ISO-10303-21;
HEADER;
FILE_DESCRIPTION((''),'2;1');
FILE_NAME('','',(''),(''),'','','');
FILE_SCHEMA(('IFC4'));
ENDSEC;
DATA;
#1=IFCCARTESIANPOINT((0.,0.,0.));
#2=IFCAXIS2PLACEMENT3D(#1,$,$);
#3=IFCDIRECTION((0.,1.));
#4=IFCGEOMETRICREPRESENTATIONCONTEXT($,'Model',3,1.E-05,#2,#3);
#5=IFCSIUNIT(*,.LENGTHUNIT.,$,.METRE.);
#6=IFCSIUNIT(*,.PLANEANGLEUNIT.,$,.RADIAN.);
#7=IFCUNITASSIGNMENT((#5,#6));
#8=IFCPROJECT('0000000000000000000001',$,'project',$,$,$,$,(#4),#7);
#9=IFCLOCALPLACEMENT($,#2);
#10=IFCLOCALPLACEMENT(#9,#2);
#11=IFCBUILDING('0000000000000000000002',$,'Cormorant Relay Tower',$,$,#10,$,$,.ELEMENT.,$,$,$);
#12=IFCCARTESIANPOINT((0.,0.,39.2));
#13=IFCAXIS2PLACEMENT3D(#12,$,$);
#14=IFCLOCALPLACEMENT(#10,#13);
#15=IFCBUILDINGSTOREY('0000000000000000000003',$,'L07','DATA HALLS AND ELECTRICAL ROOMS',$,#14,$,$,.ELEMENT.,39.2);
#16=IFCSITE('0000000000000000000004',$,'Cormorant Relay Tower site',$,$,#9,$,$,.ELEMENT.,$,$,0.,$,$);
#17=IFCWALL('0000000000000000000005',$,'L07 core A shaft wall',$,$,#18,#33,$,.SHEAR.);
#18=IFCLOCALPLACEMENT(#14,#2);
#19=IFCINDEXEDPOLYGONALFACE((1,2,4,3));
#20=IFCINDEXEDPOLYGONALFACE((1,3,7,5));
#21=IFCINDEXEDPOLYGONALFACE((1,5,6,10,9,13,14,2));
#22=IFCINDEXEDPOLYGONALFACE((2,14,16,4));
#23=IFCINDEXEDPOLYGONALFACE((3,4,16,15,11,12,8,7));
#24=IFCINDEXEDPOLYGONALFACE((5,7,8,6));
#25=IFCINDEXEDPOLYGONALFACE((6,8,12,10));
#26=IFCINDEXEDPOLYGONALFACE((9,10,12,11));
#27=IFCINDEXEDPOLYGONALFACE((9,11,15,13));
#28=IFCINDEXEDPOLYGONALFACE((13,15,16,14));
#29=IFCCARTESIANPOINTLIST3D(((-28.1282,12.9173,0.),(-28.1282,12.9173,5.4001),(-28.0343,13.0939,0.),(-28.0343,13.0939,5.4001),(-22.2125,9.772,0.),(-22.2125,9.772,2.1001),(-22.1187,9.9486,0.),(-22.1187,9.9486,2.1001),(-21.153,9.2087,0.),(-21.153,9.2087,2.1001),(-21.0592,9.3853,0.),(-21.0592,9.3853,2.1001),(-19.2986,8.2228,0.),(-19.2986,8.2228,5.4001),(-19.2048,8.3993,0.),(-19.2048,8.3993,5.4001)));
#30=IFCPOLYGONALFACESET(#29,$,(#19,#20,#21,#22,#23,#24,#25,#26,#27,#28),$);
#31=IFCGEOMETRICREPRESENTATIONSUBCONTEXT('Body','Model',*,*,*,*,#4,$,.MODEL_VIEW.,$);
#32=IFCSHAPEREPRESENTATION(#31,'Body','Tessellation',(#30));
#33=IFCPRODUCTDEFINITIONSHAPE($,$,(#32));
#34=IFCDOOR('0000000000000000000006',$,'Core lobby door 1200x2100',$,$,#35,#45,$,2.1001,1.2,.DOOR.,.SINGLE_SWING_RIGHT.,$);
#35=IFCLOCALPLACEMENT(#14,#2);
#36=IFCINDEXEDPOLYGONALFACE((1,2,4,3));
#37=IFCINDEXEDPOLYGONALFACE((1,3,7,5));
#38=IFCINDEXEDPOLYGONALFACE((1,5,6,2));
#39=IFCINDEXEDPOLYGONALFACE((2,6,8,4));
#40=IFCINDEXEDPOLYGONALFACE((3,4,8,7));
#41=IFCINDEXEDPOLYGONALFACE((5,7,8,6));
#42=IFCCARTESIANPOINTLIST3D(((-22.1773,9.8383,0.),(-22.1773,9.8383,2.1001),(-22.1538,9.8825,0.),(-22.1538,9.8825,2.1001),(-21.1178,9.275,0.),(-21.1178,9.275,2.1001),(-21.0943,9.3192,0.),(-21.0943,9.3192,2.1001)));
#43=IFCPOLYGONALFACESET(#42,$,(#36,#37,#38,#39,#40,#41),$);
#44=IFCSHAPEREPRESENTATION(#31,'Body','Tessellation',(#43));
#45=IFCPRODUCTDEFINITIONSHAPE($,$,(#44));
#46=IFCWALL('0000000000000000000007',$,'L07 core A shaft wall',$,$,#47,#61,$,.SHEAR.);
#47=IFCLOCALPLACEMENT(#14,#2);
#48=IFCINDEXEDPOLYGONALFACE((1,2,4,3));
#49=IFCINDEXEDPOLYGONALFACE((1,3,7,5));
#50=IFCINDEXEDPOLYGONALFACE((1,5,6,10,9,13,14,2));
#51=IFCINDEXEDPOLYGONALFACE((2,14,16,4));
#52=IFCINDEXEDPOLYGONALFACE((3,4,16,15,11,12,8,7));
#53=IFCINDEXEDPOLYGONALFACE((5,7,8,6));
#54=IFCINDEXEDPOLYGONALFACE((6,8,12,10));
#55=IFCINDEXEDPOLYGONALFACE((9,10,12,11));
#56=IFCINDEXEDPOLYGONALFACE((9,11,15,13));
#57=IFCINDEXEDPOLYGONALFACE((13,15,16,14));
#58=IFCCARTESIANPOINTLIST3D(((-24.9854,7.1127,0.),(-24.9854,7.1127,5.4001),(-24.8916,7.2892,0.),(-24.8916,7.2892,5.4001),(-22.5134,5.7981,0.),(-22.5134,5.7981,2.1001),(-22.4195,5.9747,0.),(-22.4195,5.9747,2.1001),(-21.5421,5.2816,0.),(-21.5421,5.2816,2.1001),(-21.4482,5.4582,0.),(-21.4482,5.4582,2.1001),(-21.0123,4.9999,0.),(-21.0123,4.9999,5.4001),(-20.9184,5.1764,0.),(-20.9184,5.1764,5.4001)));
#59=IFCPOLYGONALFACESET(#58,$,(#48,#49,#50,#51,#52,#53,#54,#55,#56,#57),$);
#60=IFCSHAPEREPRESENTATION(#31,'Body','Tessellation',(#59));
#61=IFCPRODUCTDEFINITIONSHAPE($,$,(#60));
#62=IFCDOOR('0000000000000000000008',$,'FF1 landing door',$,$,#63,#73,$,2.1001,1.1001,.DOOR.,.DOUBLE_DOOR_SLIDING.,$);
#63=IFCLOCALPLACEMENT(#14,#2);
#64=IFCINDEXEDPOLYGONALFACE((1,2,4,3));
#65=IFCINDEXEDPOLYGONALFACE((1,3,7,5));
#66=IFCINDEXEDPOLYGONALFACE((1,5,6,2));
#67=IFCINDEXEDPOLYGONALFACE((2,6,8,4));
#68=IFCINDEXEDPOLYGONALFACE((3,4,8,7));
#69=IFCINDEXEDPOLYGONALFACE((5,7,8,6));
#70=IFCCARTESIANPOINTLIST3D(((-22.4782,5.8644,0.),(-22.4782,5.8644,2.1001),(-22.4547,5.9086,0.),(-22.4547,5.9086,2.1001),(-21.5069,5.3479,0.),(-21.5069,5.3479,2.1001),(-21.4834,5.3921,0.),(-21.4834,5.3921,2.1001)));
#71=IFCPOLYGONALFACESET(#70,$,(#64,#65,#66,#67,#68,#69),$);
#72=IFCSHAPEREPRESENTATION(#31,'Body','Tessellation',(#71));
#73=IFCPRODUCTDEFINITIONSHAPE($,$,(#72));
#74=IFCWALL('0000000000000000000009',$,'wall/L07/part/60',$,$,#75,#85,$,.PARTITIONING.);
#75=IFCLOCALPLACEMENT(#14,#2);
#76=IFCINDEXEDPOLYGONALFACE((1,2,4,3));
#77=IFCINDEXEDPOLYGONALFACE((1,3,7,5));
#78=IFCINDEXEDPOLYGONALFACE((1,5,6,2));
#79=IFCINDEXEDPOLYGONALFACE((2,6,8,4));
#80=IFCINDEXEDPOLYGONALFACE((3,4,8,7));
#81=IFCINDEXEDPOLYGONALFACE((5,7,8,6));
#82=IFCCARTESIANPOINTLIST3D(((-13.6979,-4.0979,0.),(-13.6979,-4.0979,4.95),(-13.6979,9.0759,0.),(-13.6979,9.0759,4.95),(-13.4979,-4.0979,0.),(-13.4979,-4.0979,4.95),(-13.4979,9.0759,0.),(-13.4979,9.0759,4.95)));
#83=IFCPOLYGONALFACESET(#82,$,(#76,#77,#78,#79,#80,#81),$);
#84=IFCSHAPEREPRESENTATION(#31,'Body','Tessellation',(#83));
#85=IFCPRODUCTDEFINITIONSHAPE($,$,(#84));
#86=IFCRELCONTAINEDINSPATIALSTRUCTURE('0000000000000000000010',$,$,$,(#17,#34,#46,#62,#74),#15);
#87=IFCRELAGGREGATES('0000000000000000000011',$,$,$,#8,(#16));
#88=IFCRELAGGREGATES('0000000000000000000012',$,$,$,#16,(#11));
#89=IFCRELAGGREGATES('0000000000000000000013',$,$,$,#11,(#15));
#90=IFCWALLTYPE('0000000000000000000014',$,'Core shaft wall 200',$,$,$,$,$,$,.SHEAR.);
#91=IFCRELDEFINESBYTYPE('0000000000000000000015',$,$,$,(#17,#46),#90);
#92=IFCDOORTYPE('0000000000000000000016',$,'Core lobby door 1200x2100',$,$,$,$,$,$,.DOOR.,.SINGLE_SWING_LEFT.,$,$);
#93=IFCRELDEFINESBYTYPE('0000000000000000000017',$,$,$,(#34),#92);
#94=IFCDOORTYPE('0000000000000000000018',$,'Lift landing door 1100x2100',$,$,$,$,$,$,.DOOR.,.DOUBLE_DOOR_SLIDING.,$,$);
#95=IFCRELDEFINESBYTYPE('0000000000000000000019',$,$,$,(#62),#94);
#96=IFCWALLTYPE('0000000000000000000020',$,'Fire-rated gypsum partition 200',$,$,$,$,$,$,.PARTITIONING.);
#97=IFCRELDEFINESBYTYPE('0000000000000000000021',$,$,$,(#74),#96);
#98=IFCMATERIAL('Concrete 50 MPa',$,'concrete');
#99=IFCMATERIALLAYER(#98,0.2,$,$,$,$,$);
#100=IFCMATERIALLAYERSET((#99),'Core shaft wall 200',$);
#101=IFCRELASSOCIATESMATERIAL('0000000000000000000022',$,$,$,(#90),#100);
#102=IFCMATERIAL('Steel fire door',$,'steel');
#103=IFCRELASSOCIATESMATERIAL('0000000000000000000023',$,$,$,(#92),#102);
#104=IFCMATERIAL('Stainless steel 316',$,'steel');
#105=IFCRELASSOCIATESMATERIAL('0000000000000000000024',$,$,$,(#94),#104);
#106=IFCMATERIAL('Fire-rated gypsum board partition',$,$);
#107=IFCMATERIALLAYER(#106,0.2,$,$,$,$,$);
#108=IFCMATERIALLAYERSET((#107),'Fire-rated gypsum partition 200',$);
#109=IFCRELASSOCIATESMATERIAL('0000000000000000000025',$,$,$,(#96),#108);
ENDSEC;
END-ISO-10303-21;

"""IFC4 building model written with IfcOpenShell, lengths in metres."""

from ifc_helpers import new_model, si_unit, direction, frame, frame_2d, origin, place, context, subcontext, project, spatial, rectangle, extrude, material, layer, layer_set, type_object, element, fill, save


model = new_model("IFC4")

# Units and contexts
model_context = context("Model", 3, precision=1e-05, world=origin(), true_north=direction((0.0, 1.0)))
body_context = subcontext(model_context, "Body", "Model", "MODEL_VIEW")
ifc_project = project(units=[si_unit("LENGTHUNIT", "METRE"), si_unit("PLANEANGLEUNIT", "RADIAN")], contexts=[model_context])

# Site, building, storey
site_placement = place(None, origin())
site = spatial("IfcSite", under=ifc_project, at=site_placement, Name="Cormorant Relay Tower site", CompositionType="ELEMENT", RefElevation=0.0)
building_placement = place(site_placement, origin())
building = spatial("IfcBuilding", under=site, at=building_placement, Name="Cormorant Relay Tower", CompositionType="ELEMENT")
storey_placement = place(building_placement, frame((0.0, 0.0, 39.2)))
storey = spatial("IfcBuildingStorey", under=building, at=storey_placement, Name="L07", Description="DATA HALLS AND ELECTRICAL ROOMS", CompositionType="ELEMENT", Elevation=39.2)

# Walls, openings, doors
ifc_material_1 = material(Name="Concrete 50 MPa", Category="concrete")
ifc_layer_1 = layer(ifc_material_1, 0.2)
ifc_layer_set_1 = layer_set([ifc_layer_1], Name="Core shaft wall 200")
wall_type_1 = type_object("IfcWallType", Name="Core shaft wall 200", PredefinedType="SHEAR", material=ifc_layer_set_1)
wall_1_placement = place(storey_placement, frame((-19.2517, 8.311, 0.0), z_axis=(0.0, 0.0, 1.0), x_axis=(-0.882956, 0.469456, 0.0)))
wall_1 = element("IfcWall", 1, at=wall_1_placement, inside=storey, type_object=wall_type_1, Name="L07 core A shaft wall", PredefinedType="SHEAR", context=body_context, shape_type="SweptSolid", body=[
    extrude(rectangle(XDim=10.0, YDim=0.2, at=frame_2d((5.0, 0.0))), origin(), (0.0, 0.0, 1.0), 5.4001),
])
opening_1_placement = place(wall_1_placement, frame((2.1001, 0.0, 0.0)))
opening_1 = element("IfcOpeningElement", 2, at=opening_1_placement, cuts=wall_1, PredefinedType="OPENING", context=body_context, shape_type="SweptSolid", body=[
    extrude(rectangle(XDim=1.2, YDim=2.1001, at=frame_2d((0.6001, 1.05))), frame((0.0, 0.1099, 0.0), z_axis=(0.0, -1.0, 0.0), x_axis=(1.0, 0.0, 0.0)), (0.0, 0.0, 1.0), 0.22),
])
ifc_material_2 = material(Name="Steel fire door", Category="steel")
door_type_1 = type_object("IfcDoorType", Name="Core lobby door 1200x2100", OperationType="SINGLE_SWING_LEFT", PredefinedType="DOOR", material=ifc_material_2)
door_1_placement = place(opening_1_placement, origin())
door_1 = element("IfcDoor", 3, at=door_1_placement, inside=storey, type_object=door_type_1, Name="Core lobby door 1200x2100", OperationType="SINGLE_SWING_RIGHT", OverallHeight=2.1001, OverallWidth=1.2, PredefinedType="DOOR", context=body_context, shape_type="SweptSolid", body=[
    extrude(rectangle(XDim=1.2, YDim=2.1001, at=frame_2d((0.6001, 1.05))), frame((0.0, 0.0249, 0.0), z_axis=(0.0, -1.0, 0.0), x_axis=(1.0, 0.0, 0.0)), (0.0, 0.0, 1.0), 0.05),
])
fill(opening_1, door_1)
wall_2_placement = place(storey_placement, frame((-20.9653, 5.0881, 0.0), z_axis=(0.0, 0.0, 1.0), x_axis=(-0.882926, 0.469512, 0.0)))
wall_2 = element("IfcWall", 4, at=wall_2_placement, inside=storey, type_object=wall_type_1, Name="L07 core A shaft wall", PredefinedType="SHEAR", context=body_context, shape_type="SweptSolid", body=[
    extrude(rectangle(XDim=4.5, YDim=0.2, at=frame_2d((2.25, 0.0))), origin(), (0.0, 0.0, 1.0), 5.4001),
])
opening_2_placement = place(wall_2_placement, frame((0.6001, 0.0, 0.0)))
opening_2 = element("IfcOpeningElement", 5, at=opening_2_placement, cuts=wall_2, PredefinedType="OPENING", context=body_context, shape_type="SweptSolid", body=[
    extrude(rectangle(XDim=1.1001, YDim=2.1001, at=frame_2d((0.55, 1.05))), frame((0.0, 0.1099, 0.0), z_axis=(0.0, -1.0, 0.0), x_axis=(1.0, 0.0, 0.0)), (0.0, 0.0, 1.0), 0.22),
])
ifc_material_3 = material(Name="Stainless steel 316", Category="steel")
door_type_2 = type_object("IfcDoorType", Name="Lift landing door 1100x2100", OperationType="DOUBLE_DOOR_SLIDING", PredefinedType="DOOR", material=ifc_material_3)
door_2_placement = place(opening_2_placement, origin())
door_2 = element("IfcDoor", 6, at=door_2_placement, inside=storey, type_object=door_type_2, Name="FF1 landing door", OperationType="DOUBLE_DOOR_SLIDING", OverallHeight=2.1001, OverallWidth=1.1001, PredefinedType="DOOR", context=body_context, shape_type="SweptSolid", body=[
    extrude(rectangle(XDim=1.1001, YDim=2.1001, at=frame_2d((0.55, 1.05))), frame((0.0, 0.0249, 0.0), z_axis=(0.0, -1.0, 0.0), x_axis=(1.0, 0.0, 0.0)), (0.0, 0.0, 1.0), 0.05),
])
fill(opening_2, door_2)

# Wall
ifc_material_4 = material(Name="Fire-rated gypsum board partition")
ifc_layer_2 = layer(ifc_material_4, 0.2)
ifc_layer_set_2 = layer_set([ifc_layer_2], Name="Fire-rated gypsum partition 200")
wall_type_2 = type_object("IfcWallType", Name="Fire-rated gypsum partition 200", PredefinedType="PARTITIONING", material=ifc_layer_set_2)
wall_3_placement = place(storey_placement, frame((-13.5979, 9.0759, 0.0), z_axis=(0.0, 0.0, 1.0), x_axis=(0.0, -1.0, 0.0)))
element("IfcWall", 7, at=wall_3_placement, inside=storey, type_object=wall_type_2, Name="wall/L07/part/60", PredefinedType="PARTITIONING", context=body_context, shape_type="SweptSolid", body=[
    extrude(rectangle(XDim=13.1738, YDim=0.2, at=frame_2d((6.5869, 0.0))), origin(), (0.0, 0.0, 1.0), 4.95),
])

save(model, "model.ifc")
